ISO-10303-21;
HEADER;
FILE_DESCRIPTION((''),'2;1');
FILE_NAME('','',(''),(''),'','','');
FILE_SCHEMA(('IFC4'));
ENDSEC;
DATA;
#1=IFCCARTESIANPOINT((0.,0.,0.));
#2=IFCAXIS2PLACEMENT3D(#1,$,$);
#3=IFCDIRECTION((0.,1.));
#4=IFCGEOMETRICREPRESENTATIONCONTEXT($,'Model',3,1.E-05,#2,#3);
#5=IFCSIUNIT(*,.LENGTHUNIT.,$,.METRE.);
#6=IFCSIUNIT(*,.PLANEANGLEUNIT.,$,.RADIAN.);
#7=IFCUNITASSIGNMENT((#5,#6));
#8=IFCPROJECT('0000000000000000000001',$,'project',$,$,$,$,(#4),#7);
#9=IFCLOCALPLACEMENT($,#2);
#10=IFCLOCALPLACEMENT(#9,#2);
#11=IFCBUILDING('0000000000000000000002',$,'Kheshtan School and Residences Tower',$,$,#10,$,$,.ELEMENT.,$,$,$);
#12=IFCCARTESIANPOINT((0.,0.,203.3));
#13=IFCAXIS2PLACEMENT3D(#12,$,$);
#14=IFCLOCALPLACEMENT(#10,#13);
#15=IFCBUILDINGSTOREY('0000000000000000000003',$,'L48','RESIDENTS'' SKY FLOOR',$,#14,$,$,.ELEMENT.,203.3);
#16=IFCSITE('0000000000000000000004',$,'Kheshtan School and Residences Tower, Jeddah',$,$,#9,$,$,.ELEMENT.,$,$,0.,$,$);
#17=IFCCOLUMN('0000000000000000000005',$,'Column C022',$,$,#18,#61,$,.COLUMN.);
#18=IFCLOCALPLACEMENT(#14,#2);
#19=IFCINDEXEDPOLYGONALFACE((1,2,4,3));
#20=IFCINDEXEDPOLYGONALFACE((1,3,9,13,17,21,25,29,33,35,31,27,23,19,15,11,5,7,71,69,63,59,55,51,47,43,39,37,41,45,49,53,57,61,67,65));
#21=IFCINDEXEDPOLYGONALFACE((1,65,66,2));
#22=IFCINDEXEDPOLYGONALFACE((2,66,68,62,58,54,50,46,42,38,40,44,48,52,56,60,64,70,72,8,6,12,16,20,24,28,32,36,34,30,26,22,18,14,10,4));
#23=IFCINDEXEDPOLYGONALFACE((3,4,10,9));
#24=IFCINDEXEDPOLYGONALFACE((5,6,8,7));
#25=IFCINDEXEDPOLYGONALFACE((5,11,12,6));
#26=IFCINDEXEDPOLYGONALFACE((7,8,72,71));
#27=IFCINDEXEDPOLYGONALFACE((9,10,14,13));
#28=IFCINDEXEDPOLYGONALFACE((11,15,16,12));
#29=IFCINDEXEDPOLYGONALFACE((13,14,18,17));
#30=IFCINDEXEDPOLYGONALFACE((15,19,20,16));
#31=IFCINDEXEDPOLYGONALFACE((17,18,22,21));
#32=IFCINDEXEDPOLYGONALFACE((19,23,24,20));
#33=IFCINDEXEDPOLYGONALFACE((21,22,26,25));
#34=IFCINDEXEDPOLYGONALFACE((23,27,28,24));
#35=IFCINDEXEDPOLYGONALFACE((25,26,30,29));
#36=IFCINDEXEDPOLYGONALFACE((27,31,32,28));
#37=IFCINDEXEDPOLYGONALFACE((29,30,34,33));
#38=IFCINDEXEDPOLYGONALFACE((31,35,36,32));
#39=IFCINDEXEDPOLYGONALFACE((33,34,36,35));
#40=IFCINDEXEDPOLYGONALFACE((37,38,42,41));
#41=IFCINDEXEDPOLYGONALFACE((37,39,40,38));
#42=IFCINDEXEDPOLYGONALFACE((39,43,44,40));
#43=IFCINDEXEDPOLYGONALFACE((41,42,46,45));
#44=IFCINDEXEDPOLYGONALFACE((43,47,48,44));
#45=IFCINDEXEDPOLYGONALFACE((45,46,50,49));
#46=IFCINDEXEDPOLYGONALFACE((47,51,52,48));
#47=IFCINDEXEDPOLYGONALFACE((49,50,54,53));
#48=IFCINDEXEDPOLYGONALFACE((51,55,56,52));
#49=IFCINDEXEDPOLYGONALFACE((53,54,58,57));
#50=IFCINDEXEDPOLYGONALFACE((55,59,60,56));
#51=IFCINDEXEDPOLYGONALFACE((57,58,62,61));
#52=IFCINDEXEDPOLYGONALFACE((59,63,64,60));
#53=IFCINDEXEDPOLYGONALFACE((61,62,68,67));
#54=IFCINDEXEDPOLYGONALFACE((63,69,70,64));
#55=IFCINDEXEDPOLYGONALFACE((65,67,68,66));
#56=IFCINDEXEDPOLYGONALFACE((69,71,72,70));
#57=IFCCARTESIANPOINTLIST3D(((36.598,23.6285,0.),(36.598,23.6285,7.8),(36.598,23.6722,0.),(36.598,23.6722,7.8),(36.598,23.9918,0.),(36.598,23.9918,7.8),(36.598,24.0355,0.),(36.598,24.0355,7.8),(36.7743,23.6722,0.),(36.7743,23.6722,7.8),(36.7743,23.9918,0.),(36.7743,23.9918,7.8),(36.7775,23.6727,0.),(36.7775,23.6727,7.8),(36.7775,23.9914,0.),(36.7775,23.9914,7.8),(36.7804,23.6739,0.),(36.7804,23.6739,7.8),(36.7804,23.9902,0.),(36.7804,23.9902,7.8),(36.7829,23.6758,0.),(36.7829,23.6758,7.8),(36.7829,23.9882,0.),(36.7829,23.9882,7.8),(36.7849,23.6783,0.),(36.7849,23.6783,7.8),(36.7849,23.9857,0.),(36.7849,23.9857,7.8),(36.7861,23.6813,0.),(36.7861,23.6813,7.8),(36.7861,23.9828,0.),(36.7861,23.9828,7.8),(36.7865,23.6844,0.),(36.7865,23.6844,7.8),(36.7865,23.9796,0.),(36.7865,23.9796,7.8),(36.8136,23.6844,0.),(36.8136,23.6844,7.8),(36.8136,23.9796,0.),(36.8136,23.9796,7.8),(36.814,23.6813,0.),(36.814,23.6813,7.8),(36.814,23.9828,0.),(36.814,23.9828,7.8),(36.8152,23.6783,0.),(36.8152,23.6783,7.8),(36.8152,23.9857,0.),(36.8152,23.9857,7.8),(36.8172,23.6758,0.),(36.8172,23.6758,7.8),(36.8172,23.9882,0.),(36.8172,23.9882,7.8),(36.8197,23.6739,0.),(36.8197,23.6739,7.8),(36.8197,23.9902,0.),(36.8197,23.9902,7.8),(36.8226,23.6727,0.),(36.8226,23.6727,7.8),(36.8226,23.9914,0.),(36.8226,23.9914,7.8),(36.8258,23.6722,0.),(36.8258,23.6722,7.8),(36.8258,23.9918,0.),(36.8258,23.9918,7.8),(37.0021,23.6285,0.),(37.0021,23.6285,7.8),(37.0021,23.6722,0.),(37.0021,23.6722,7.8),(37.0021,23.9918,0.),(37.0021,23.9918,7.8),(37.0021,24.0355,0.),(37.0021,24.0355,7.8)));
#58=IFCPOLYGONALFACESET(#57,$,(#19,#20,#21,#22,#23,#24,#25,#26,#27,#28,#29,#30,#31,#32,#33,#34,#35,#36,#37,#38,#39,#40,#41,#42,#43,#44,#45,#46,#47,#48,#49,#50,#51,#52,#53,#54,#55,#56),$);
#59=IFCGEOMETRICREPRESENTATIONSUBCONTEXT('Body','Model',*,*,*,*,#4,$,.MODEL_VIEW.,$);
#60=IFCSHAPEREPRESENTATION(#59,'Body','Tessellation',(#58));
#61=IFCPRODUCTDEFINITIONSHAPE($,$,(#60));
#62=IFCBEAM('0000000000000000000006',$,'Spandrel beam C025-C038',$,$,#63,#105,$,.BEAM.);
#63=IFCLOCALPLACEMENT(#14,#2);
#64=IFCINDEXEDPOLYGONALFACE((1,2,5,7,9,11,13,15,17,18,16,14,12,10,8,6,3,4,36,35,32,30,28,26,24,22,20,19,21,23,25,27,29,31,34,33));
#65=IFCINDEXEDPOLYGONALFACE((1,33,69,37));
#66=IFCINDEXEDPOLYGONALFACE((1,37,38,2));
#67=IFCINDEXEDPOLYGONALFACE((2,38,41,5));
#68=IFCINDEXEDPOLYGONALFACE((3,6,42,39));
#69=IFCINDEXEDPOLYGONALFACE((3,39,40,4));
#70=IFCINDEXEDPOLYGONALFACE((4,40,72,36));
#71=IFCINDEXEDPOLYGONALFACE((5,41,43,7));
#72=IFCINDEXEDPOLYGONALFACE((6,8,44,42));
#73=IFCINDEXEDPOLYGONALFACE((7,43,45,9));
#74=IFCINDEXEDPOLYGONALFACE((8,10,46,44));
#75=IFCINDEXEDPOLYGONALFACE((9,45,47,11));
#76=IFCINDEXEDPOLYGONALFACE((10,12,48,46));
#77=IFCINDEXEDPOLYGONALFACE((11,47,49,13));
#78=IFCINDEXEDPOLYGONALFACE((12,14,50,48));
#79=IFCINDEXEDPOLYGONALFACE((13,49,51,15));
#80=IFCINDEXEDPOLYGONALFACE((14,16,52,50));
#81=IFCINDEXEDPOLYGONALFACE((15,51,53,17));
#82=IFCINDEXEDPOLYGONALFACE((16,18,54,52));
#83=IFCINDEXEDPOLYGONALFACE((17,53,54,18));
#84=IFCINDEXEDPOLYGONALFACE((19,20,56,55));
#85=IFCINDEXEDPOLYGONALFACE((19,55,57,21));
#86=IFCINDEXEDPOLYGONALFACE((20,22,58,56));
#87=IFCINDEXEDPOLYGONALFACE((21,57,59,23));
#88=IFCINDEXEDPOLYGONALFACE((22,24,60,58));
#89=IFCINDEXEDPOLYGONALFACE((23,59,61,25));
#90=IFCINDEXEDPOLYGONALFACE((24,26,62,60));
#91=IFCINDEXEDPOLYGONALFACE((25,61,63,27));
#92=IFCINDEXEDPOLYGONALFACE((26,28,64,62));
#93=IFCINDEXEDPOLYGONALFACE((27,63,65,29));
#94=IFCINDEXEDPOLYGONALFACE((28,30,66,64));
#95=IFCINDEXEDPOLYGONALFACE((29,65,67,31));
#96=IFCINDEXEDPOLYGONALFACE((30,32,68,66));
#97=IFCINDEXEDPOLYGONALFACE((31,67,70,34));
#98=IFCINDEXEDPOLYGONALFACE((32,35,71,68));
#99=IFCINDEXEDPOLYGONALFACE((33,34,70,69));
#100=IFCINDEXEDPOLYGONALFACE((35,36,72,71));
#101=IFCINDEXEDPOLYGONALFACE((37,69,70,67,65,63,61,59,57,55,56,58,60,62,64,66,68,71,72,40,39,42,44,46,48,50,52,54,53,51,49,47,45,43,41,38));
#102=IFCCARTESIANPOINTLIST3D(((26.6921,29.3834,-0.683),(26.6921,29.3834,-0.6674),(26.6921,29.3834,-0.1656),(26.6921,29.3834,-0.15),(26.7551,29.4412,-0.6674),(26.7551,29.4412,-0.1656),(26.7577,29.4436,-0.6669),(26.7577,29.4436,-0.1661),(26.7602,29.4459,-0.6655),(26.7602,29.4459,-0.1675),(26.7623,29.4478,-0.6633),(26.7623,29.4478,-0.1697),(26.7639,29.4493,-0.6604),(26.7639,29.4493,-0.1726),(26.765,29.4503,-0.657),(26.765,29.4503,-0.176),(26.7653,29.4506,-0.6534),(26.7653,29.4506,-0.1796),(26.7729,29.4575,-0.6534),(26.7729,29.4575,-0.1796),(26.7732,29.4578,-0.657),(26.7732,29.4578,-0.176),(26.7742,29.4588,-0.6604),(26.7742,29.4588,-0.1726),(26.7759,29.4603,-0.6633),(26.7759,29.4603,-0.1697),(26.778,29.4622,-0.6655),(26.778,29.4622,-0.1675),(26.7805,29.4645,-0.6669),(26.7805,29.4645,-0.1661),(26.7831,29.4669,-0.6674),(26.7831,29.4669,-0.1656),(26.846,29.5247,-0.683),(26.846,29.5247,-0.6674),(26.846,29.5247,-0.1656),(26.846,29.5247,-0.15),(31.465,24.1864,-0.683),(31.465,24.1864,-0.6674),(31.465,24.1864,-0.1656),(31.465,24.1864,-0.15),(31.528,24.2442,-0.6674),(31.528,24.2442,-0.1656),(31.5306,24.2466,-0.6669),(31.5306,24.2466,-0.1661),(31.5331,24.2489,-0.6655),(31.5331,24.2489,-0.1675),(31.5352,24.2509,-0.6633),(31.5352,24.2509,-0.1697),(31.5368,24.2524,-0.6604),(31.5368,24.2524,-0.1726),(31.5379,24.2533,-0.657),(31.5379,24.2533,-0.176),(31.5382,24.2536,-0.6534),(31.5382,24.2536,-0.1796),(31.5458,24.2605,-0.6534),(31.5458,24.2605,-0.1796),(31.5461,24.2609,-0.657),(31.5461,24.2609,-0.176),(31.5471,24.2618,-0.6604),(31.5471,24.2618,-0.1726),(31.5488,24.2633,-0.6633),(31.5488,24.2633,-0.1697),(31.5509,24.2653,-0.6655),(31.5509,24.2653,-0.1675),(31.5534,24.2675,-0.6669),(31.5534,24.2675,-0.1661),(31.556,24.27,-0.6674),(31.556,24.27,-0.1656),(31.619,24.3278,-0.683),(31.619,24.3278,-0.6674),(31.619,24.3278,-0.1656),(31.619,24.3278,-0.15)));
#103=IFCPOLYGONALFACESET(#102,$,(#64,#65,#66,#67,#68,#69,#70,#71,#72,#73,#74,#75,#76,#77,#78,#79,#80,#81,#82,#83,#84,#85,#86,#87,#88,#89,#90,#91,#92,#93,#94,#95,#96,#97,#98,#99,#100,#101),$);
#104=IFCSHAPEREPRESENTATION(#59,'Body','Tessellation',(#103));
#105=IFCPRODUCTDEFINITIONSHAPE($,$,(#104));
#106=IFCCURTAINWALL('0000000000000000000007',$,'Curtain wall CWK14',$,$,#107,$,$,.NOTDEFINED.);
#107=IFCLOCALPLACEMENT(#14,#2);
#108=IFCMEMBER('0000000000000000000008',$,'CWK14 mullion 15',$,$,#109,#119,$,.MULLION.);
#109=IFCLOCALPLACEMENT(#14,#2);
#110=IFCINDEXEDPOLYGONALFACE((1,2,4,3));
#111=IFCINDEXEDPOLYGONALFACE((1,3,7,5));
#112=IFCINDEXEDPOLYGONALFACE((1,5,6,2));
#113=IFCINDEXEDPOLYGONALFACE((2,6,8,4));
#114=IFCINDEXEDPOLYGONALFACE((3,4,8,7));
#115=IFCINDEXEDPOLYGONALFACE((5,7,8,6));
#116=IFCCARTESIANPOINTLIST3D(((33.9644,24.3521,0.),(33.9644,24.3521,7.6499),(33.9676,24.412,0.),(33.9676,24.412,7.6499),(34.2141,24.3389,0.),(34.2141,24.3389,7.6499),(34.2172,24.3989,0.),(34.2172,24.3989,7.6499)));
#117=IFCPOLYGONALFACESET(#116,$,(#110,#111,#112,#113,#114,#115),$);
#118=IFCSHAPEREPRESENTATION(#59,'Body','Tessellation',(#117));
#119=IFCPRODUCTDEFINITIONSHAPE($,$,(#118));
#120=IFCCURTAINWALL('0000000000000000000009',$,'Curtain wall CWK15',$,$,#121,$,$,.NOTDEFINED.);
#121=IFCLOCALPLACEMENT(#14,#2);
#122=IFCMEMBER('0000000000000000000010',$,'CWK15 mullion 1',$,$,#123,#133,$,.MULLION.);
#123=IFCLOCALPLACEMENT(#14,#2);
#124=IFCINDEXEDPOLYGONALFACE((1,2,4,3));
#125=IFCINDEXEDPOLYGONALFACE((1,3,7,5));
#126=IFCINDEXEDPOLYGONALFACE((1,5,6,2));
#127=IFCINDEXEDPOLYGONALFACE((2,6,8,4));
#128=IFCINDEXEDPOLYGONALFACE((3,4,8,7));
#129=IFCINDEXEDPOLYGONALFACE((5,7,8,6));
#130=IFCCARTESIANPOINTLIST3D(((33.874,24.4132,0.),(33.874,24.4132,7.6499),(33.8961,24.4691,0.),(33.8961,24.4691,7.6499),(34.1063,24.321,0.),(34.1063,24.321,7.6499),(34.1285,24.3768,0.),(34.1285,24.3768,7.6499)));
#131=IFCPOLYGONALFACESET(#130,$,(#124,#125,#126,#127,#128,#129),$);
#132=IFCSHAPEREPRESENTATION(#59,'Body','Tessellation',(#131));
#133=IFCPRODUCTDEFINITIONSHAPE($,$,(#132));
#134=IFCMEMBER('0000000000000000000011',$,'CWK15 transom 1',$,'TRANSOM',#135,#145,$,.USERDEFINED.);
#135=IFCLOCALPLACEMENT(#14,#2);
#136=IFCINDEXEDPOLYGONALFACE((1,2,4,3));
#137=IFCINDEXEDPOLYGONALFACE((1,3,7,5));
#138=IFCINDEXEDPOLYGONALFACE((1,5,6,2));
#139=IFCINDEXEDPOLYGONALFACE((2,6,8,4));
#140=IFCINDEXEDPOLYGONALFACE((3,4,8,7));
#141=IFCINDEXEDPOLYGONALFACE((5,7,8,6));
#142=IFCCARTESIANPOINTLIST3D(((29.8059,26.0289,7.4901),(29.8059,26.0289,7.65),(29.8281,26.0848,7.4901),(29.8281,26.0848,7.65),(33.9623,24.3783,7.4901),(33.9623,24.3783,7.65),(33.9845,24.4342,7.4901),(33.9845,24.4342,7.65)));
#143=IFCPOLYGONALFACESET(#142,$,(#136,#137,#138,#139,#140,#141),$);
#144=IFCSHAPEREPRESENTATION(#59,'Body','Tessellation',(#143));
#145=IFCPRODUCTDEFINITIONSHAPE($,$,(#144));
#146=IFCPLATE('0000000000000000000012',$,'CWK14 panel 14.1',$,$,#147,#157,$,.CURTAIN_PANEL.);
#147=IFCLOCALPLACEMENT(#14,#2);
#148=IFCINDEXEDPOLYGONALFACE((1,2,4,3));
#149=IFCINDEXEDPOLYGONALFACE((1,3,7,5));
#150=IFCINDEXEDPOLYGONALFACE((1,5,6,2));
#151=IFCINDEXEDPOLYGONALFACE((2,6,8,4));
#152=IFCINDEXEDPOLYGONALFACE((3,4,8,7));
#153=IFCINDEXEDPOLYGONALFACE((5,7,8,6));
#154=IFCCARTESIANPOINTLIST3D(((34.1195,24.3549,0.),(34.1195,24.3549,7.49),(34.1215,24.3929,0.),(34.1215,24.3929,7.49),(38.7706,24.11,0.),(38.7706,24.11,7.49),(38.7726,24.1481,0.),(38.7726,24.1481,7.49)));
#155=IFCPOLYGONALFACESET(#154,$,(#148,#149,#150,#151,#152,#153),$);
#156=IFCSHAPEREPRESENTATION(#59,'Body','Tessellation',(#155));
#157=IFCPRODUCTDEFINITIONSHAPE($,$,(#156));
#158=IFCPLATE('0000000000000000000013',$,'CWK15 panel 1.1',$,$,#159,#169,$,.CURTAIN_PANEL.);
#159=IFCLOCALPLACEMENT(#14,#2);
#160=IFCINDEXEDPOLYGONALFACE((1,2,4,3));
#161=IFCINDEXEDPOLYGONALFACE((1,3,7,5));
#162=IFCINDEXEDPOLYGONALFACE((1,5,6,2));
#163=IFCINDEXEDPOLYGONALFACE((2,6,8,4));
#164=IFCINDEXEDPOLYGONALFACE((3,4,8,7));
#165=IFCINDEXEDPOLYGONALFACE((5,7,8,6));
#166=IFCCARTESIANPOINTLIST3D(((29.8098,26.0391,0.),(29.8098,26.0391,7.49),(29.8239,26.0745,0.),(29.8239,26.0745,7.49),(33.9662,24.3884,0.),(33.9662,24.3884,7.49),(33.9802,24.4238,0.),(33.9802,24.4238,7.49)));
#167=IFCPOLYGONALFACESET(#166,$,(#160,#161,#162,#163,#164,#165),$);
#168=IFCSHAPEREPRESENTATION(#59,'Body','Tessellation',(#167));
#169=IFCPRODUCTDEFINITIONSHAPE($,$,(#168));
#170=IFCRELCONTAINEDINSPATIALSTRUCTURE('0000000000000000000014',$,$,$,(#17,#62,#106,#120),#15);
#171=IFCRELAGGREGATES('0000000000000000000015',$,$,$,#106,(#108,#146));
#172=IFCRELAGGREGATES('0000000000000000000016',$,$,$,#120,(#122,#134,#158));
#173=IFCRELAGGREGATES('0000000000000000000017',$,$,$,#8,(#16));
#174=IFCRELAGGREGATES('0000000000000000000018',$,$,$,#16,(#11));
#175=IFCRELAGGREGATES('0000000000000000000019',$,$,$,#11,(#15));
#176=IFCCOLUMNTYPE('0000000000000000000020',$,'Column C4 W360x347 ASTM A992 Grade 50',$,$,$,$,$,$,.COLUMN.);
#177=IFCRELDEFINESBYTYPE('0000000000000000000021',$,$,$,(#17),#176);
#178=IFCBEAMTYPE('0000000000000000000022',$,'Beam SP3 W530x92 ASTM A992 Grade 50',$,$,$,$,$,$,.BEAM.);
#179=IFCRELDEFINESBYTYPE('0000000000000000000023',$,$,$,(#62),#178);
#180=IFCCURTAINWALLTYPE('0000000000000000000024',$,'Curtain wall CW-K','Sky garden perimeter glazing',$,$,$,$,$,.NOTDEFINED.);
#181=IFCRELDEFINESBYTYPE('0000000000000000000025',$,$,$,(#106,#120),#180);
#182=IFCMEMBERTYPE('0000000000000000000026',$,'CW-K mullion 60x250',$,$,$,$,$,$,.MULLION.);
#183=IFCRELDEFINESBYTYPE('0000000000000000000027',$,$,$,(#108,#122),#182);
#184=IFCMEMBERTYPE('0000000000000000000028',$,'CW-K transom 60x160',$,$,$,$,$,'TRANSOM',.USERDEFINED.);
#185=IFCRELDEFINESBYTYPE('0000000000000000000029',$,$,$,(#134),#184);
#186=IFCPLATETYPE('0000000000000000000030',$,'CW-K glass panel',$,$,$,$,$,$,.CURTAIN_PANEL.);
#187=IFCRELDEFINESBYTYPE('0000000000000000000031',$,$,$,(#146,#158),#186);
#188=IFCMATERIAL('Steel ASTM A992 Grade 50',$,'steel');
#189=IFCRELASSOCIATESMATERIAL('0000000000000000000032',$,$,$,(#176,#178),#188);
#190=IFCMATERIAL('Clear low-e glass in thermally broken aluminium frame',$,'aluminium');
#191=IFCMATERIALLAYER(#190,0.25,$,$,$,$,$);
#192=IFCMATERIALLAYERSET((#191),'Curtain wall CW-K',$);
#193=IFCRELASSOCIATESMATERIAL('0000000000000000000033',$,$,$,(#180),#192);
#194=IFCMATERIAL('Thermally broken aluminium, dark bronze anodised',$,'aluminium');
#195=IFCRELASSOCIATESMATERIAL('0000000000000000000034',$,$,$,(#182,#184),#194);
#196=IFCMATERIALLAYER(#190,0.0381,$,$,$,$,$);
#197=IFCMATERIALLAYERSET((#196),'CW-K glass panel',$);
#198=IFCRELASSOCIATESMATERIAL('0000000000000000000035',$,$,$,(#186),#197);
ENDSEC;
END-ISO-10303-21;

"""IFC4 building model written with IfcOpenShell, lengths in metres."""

from ifc_helpers import new_model, si_unit, direction, frame, origin, origin_2d, place, context, subcontext, project, spatial, rectangle, i_section, extrude, material, layer, layer_set, material_profile, profile_set, type_object, element, aggregate, save


model = new_model("IFC4")

# Units and contexts
model_context = context("Model", 3, precision=1e-05, world=origin(), true_north=direction((0.0, 1.0)))
body_context = subcontext(model_context, "Body", "Model", "MODEL_VIEW")
ifc_project = project(units=[si_unit("LENGTHUNIT", "METRE"), si_unit("PLANEANGLEUNIT", "RADIAN")], contexts=[model_context])

# Site, building, storey
site_placement = place(None, origin())
site = spatial("IfcSite", under=ifc_project, at=site_placement, Name="Kheshtan School and Residences Tower, Jeddah", CompositionType="ELEMENT", RefElevation=0.0)
building_placement = place(site_placement, origin())
building = spatial("IfcBuilding", under=site, at=building_placement, Name="Kheshtan School and Residences Tower", CompositionType="ELEMENT")
storey_placement = place(building_placement, frame((0.0, 0.0, 203.3)))
storey = spatial("IfcBuildingStorey", under=building, at=storey_placement, Name="L48", Description="RESIDENTS' SKY FLOOR", CompositionType="ELEMENT", Elevation=203.3)

# Column
ifc_material_1 = material(Name="Steel ASTM A992 Grade 50", Category="steel")
ifc_material_profile_1 = material_profile(ifc_material_1, i_section(OverallWidth=0.4041, OverallDepth=0.407, WebThickness=0.0271, FlangeThickness=0.0437, FilletRadius=0.0122, at=origin_2d()), Name="W360x347")
ifc_profile_set_1 = profile_set([ifc_material_profile_1], Name="Steel ASTM A992 Grade 50")
column_type = type_object("IfcColumnType", Name="Column C4 W360x347 ASTM A992 Grade 50", PredefinedType="COLUMN", material=ifc_profile_set_1)
column_placement = place(storey_placement, frame((36.8, 23.832, 0.0), z_axis=(0.0, 0.0, 1.0), x_axis=(1.0, 0.0, 0.0)))
element("IfcColumn", 1, at=column_placement, inside=storey, type_object=column_type, Name="Column C022", PredefinedType="COLUMN", context=body_context, shape_type="SweptSolid", body=[
    extrude(i_section(OverallWidth=0.4041, OverallDepth=0.407, WebThickness=0.0271, FlangeThickness=0.0437, FilletRadius=0.0122, at=origin_2d()), origin(), (0.0, 0.0, 1.0), 7.8),
])

# Beam
ifc_material_profile_2 = material_profile(ifc_material_1, i_section(OverallWidth=0.209, OverallDepth=0.533, WebThickness=0.0103, FlangeThickness=0.0156, FilletRadius=0.0139, at=origin_2d()), Name="W530x92")
ifc_profile_set_2 = profile_set([ifc_material_profile_2], Name="Steel ASTM A992 Grade 50")
beam_type = type_object("IfcBeamType", Name="Beam SP3 W530x92 ASTM A992 Grade 50", PredefinedType="BEAM", material=ifc_profile_set_2)
beam_placement = place(storey_placement, frame((31.542, 24.2571, -0.4165), z_axis=(-0.676418, 0.736518, 0.0), x_axis=(-0.736518, -0.676418, 0.0)))
element("IfcBeam", 2, at=beam_placement, inside=storey, type_object=beam_type, Name="Spandrel beam C025-C038", PredefinedType="BEAM", context=body_context, shape_type="SweptSolid", body=[
    extrude(i_section(OverallWidth=0.209, OverallDepth=0.533, WebThickness=0.0103, FlangeThickness=0.0156, FilletRadius=0.0139, at=origin_2d()), origin(), (0.0, 0.0, 1.0), 7.0562),
])

# Curtain wall, member
ifc_material_2 = material(Name="Clear low-e glass in thermally broken aluminium frame", Category="aluminium")
ifc_layer_1 = layer(ifc_material_2, 0.25)
ifc_layer_set_1 = layer_set([ifc_layer_1], Name="Curtain wall CW-K")
curtain_wall_type = type_object("IfcCurtainWallType", Name="Curtain wall CW-K", Description="Sky garden perimeter glazing", PredefinedType="NOTDEFINED", material=ifc_layer_set_1)
curtain_wall_1_placement = place(storey_placement, origin())
curtain_wall_1 = element("IfcCurtainWall", 3, at=curtain_wall_1_placement, inside=storey, type_object=curtain_wall_type, Name="Curtain wall CWK14", PredefinedType="NOTDEFINED")
ifc_material_3 = material(Name="Thermally broken aluminium, dark bronze anodised", Category="aluminium")
ifc_material_profile_3 = material_profile(ifc_material_3, rectangle(XDim=0.0601, YDim=0.25, at=origin_2d()), Name="CW-K mullion 60x250")
ifc_profile_set_3 = profile_set([ifc_material_profile_3], Name="Thermally broken aluminium, dark bronze anodised")
member_type_1 = type_object("IfcMemberType", Name="CW-K mullion 60x250", PredefinedType="MULLION", material=ifc_profile_set_3)
member_1_placement = place(storey_placement, frame((34.0908, 24.3755, 0.0), z_axis=(0.0, 0.0, 1.0), x_axis=(-0.05257, -0.998617, 0.0)))
member_1 = element("IfcMember", 4, at=member_1_placement, type_object=member_type_1, Name="CWK14 mullion 15", PredefinedType="MULLION", context=body_context, shape_type="SweptSolid", body=[
    extrude(rectangle(XDim=0.0601, YDim=0.25, at=origin_2d()), origin(), (0.0, 0.0, 1.0), 7.6499),
])

# Curtain wall, members
curtain_wall_2_placement = place(storey_placement, origin())
curtain_wall_2 = element("IfcCurtainWall", 5, at=curtain_wall_2_placement, inside=storey, type_object=curtain_wall_type, Name="Curtain wall CWK15", PredefinedType="NOTDEFINED")
member_2_placement = place(storey_placement, frame((34.0012, 24.395, 0.0), z_axis=(0.0, 0.0, 1.0), x_axis=(-0.369099, -0.92939, 0.0)))
member_2 = element("IfcMember", 6, at=member_2_placement, type_object=member_type_1, Name="CWK15 mullion 1", PredefinedType="MULLION", context=body_context, shape_type="SweptSolid", body=[
    extrude(rectangle(XDim=0.0601, YDim=0.25, at=origin_2d()), origin(), (0.0, 0.0, 1.0), 7.6499),
])
ifc_material_profile_4 = material_profile(ifc_material_3, rectangle(XDim=0.0601, YDim=0.1599, at=origin_2d()), Name="CW-K transom 60x160")
ifc_profile_set_4 = profile_set([ifc_material_profile_4], Name="Thermally broken aluminium, dark bronze anodised")
member_type_2 = type_object("IfcMemberType", Name="CW-K transom 60x160", ElementType="TRANSOM", PredefinedType="USERDEFINED", material=ifc_profile_set_4)
member_3_placement = place(storey_placement, frame((33.9734, 24.4062, 7.5701), z_axis=(-0.929396, 0.369084, 0.0), x_axis=(-0.369084, -0.929396, 0.0)))
member_3 = element("IfcMember", 7, at=member_3_placement, type_object=member_type_2, Name="CWK15 transom 1", ObjectType="TRANSOM", PredefinedType="USERDEFINED", context=body_context, shape_type="SweptSolid", body=[
    extrude(rectangle(XDim=0.0601, YDim=0.1599, at=origin_2d()), origin(), (0.0, 0.0, 1.0), 4.4722),
])

# Plates
ifc_layer_2 = layer(ifc_material_2, 0.0381)
ifc_layer_set_2 = layer_set([ifc_layer_2], Name="CW-K glass panel")
plate_type = type_object("IfcPlateType", Name="CW-K glass panel", PredefinedType="CURTAIN_PANEL", material=ifc_layer_set_2)
plate_1_placement = place(storey_placement, frame((36.446, 24.2515, 0.0), z_axis=(0.0, 0.0, 1.0), x_axis=(-0.998617, 0.05257, 0.0)))
plate_1 = element("IfcPlate", 8, at=plate_1_placement, type_object=plate_type, Name="CWK14 panel 14.1", PredefinedType="CURTAIN_PANEL", context=body_context, shape_type="SweptSolid", body=[
    extrude(rectangle(XDim=4.6575, YDim=0.0381, at=origin_2d()), origin(), (0.0, 0.0, 1.0), 7.49),
])
aggregate(curtain_wall_1, [member_1, plate_1])
plate_2_placement = place(storey_placement, frame((31.895, 25.2314, 0.0), z_axis=(0.0, 0.0, 1.0), x_axis=(-0.92939, 0.369099, 0.0)))
plate_2 = element("IfcPlate", 9, at=plate_2_placement, type_object=plate_type, Name="CWK15 panel 1.1", PredefinedType="CURTAIN_PANEL", context=body_context, shape_type="SweptSolid", body=[
    extrude(rectangle(XDim=4.4722, YDim=0.0381, at=origin_2d()), origin(), (0.0, 0.0, 1.0), 7.49),
])
aggregate(curtain_wall_2, [member_2, member_3, plate_2])

save(model, "model.ifc")
